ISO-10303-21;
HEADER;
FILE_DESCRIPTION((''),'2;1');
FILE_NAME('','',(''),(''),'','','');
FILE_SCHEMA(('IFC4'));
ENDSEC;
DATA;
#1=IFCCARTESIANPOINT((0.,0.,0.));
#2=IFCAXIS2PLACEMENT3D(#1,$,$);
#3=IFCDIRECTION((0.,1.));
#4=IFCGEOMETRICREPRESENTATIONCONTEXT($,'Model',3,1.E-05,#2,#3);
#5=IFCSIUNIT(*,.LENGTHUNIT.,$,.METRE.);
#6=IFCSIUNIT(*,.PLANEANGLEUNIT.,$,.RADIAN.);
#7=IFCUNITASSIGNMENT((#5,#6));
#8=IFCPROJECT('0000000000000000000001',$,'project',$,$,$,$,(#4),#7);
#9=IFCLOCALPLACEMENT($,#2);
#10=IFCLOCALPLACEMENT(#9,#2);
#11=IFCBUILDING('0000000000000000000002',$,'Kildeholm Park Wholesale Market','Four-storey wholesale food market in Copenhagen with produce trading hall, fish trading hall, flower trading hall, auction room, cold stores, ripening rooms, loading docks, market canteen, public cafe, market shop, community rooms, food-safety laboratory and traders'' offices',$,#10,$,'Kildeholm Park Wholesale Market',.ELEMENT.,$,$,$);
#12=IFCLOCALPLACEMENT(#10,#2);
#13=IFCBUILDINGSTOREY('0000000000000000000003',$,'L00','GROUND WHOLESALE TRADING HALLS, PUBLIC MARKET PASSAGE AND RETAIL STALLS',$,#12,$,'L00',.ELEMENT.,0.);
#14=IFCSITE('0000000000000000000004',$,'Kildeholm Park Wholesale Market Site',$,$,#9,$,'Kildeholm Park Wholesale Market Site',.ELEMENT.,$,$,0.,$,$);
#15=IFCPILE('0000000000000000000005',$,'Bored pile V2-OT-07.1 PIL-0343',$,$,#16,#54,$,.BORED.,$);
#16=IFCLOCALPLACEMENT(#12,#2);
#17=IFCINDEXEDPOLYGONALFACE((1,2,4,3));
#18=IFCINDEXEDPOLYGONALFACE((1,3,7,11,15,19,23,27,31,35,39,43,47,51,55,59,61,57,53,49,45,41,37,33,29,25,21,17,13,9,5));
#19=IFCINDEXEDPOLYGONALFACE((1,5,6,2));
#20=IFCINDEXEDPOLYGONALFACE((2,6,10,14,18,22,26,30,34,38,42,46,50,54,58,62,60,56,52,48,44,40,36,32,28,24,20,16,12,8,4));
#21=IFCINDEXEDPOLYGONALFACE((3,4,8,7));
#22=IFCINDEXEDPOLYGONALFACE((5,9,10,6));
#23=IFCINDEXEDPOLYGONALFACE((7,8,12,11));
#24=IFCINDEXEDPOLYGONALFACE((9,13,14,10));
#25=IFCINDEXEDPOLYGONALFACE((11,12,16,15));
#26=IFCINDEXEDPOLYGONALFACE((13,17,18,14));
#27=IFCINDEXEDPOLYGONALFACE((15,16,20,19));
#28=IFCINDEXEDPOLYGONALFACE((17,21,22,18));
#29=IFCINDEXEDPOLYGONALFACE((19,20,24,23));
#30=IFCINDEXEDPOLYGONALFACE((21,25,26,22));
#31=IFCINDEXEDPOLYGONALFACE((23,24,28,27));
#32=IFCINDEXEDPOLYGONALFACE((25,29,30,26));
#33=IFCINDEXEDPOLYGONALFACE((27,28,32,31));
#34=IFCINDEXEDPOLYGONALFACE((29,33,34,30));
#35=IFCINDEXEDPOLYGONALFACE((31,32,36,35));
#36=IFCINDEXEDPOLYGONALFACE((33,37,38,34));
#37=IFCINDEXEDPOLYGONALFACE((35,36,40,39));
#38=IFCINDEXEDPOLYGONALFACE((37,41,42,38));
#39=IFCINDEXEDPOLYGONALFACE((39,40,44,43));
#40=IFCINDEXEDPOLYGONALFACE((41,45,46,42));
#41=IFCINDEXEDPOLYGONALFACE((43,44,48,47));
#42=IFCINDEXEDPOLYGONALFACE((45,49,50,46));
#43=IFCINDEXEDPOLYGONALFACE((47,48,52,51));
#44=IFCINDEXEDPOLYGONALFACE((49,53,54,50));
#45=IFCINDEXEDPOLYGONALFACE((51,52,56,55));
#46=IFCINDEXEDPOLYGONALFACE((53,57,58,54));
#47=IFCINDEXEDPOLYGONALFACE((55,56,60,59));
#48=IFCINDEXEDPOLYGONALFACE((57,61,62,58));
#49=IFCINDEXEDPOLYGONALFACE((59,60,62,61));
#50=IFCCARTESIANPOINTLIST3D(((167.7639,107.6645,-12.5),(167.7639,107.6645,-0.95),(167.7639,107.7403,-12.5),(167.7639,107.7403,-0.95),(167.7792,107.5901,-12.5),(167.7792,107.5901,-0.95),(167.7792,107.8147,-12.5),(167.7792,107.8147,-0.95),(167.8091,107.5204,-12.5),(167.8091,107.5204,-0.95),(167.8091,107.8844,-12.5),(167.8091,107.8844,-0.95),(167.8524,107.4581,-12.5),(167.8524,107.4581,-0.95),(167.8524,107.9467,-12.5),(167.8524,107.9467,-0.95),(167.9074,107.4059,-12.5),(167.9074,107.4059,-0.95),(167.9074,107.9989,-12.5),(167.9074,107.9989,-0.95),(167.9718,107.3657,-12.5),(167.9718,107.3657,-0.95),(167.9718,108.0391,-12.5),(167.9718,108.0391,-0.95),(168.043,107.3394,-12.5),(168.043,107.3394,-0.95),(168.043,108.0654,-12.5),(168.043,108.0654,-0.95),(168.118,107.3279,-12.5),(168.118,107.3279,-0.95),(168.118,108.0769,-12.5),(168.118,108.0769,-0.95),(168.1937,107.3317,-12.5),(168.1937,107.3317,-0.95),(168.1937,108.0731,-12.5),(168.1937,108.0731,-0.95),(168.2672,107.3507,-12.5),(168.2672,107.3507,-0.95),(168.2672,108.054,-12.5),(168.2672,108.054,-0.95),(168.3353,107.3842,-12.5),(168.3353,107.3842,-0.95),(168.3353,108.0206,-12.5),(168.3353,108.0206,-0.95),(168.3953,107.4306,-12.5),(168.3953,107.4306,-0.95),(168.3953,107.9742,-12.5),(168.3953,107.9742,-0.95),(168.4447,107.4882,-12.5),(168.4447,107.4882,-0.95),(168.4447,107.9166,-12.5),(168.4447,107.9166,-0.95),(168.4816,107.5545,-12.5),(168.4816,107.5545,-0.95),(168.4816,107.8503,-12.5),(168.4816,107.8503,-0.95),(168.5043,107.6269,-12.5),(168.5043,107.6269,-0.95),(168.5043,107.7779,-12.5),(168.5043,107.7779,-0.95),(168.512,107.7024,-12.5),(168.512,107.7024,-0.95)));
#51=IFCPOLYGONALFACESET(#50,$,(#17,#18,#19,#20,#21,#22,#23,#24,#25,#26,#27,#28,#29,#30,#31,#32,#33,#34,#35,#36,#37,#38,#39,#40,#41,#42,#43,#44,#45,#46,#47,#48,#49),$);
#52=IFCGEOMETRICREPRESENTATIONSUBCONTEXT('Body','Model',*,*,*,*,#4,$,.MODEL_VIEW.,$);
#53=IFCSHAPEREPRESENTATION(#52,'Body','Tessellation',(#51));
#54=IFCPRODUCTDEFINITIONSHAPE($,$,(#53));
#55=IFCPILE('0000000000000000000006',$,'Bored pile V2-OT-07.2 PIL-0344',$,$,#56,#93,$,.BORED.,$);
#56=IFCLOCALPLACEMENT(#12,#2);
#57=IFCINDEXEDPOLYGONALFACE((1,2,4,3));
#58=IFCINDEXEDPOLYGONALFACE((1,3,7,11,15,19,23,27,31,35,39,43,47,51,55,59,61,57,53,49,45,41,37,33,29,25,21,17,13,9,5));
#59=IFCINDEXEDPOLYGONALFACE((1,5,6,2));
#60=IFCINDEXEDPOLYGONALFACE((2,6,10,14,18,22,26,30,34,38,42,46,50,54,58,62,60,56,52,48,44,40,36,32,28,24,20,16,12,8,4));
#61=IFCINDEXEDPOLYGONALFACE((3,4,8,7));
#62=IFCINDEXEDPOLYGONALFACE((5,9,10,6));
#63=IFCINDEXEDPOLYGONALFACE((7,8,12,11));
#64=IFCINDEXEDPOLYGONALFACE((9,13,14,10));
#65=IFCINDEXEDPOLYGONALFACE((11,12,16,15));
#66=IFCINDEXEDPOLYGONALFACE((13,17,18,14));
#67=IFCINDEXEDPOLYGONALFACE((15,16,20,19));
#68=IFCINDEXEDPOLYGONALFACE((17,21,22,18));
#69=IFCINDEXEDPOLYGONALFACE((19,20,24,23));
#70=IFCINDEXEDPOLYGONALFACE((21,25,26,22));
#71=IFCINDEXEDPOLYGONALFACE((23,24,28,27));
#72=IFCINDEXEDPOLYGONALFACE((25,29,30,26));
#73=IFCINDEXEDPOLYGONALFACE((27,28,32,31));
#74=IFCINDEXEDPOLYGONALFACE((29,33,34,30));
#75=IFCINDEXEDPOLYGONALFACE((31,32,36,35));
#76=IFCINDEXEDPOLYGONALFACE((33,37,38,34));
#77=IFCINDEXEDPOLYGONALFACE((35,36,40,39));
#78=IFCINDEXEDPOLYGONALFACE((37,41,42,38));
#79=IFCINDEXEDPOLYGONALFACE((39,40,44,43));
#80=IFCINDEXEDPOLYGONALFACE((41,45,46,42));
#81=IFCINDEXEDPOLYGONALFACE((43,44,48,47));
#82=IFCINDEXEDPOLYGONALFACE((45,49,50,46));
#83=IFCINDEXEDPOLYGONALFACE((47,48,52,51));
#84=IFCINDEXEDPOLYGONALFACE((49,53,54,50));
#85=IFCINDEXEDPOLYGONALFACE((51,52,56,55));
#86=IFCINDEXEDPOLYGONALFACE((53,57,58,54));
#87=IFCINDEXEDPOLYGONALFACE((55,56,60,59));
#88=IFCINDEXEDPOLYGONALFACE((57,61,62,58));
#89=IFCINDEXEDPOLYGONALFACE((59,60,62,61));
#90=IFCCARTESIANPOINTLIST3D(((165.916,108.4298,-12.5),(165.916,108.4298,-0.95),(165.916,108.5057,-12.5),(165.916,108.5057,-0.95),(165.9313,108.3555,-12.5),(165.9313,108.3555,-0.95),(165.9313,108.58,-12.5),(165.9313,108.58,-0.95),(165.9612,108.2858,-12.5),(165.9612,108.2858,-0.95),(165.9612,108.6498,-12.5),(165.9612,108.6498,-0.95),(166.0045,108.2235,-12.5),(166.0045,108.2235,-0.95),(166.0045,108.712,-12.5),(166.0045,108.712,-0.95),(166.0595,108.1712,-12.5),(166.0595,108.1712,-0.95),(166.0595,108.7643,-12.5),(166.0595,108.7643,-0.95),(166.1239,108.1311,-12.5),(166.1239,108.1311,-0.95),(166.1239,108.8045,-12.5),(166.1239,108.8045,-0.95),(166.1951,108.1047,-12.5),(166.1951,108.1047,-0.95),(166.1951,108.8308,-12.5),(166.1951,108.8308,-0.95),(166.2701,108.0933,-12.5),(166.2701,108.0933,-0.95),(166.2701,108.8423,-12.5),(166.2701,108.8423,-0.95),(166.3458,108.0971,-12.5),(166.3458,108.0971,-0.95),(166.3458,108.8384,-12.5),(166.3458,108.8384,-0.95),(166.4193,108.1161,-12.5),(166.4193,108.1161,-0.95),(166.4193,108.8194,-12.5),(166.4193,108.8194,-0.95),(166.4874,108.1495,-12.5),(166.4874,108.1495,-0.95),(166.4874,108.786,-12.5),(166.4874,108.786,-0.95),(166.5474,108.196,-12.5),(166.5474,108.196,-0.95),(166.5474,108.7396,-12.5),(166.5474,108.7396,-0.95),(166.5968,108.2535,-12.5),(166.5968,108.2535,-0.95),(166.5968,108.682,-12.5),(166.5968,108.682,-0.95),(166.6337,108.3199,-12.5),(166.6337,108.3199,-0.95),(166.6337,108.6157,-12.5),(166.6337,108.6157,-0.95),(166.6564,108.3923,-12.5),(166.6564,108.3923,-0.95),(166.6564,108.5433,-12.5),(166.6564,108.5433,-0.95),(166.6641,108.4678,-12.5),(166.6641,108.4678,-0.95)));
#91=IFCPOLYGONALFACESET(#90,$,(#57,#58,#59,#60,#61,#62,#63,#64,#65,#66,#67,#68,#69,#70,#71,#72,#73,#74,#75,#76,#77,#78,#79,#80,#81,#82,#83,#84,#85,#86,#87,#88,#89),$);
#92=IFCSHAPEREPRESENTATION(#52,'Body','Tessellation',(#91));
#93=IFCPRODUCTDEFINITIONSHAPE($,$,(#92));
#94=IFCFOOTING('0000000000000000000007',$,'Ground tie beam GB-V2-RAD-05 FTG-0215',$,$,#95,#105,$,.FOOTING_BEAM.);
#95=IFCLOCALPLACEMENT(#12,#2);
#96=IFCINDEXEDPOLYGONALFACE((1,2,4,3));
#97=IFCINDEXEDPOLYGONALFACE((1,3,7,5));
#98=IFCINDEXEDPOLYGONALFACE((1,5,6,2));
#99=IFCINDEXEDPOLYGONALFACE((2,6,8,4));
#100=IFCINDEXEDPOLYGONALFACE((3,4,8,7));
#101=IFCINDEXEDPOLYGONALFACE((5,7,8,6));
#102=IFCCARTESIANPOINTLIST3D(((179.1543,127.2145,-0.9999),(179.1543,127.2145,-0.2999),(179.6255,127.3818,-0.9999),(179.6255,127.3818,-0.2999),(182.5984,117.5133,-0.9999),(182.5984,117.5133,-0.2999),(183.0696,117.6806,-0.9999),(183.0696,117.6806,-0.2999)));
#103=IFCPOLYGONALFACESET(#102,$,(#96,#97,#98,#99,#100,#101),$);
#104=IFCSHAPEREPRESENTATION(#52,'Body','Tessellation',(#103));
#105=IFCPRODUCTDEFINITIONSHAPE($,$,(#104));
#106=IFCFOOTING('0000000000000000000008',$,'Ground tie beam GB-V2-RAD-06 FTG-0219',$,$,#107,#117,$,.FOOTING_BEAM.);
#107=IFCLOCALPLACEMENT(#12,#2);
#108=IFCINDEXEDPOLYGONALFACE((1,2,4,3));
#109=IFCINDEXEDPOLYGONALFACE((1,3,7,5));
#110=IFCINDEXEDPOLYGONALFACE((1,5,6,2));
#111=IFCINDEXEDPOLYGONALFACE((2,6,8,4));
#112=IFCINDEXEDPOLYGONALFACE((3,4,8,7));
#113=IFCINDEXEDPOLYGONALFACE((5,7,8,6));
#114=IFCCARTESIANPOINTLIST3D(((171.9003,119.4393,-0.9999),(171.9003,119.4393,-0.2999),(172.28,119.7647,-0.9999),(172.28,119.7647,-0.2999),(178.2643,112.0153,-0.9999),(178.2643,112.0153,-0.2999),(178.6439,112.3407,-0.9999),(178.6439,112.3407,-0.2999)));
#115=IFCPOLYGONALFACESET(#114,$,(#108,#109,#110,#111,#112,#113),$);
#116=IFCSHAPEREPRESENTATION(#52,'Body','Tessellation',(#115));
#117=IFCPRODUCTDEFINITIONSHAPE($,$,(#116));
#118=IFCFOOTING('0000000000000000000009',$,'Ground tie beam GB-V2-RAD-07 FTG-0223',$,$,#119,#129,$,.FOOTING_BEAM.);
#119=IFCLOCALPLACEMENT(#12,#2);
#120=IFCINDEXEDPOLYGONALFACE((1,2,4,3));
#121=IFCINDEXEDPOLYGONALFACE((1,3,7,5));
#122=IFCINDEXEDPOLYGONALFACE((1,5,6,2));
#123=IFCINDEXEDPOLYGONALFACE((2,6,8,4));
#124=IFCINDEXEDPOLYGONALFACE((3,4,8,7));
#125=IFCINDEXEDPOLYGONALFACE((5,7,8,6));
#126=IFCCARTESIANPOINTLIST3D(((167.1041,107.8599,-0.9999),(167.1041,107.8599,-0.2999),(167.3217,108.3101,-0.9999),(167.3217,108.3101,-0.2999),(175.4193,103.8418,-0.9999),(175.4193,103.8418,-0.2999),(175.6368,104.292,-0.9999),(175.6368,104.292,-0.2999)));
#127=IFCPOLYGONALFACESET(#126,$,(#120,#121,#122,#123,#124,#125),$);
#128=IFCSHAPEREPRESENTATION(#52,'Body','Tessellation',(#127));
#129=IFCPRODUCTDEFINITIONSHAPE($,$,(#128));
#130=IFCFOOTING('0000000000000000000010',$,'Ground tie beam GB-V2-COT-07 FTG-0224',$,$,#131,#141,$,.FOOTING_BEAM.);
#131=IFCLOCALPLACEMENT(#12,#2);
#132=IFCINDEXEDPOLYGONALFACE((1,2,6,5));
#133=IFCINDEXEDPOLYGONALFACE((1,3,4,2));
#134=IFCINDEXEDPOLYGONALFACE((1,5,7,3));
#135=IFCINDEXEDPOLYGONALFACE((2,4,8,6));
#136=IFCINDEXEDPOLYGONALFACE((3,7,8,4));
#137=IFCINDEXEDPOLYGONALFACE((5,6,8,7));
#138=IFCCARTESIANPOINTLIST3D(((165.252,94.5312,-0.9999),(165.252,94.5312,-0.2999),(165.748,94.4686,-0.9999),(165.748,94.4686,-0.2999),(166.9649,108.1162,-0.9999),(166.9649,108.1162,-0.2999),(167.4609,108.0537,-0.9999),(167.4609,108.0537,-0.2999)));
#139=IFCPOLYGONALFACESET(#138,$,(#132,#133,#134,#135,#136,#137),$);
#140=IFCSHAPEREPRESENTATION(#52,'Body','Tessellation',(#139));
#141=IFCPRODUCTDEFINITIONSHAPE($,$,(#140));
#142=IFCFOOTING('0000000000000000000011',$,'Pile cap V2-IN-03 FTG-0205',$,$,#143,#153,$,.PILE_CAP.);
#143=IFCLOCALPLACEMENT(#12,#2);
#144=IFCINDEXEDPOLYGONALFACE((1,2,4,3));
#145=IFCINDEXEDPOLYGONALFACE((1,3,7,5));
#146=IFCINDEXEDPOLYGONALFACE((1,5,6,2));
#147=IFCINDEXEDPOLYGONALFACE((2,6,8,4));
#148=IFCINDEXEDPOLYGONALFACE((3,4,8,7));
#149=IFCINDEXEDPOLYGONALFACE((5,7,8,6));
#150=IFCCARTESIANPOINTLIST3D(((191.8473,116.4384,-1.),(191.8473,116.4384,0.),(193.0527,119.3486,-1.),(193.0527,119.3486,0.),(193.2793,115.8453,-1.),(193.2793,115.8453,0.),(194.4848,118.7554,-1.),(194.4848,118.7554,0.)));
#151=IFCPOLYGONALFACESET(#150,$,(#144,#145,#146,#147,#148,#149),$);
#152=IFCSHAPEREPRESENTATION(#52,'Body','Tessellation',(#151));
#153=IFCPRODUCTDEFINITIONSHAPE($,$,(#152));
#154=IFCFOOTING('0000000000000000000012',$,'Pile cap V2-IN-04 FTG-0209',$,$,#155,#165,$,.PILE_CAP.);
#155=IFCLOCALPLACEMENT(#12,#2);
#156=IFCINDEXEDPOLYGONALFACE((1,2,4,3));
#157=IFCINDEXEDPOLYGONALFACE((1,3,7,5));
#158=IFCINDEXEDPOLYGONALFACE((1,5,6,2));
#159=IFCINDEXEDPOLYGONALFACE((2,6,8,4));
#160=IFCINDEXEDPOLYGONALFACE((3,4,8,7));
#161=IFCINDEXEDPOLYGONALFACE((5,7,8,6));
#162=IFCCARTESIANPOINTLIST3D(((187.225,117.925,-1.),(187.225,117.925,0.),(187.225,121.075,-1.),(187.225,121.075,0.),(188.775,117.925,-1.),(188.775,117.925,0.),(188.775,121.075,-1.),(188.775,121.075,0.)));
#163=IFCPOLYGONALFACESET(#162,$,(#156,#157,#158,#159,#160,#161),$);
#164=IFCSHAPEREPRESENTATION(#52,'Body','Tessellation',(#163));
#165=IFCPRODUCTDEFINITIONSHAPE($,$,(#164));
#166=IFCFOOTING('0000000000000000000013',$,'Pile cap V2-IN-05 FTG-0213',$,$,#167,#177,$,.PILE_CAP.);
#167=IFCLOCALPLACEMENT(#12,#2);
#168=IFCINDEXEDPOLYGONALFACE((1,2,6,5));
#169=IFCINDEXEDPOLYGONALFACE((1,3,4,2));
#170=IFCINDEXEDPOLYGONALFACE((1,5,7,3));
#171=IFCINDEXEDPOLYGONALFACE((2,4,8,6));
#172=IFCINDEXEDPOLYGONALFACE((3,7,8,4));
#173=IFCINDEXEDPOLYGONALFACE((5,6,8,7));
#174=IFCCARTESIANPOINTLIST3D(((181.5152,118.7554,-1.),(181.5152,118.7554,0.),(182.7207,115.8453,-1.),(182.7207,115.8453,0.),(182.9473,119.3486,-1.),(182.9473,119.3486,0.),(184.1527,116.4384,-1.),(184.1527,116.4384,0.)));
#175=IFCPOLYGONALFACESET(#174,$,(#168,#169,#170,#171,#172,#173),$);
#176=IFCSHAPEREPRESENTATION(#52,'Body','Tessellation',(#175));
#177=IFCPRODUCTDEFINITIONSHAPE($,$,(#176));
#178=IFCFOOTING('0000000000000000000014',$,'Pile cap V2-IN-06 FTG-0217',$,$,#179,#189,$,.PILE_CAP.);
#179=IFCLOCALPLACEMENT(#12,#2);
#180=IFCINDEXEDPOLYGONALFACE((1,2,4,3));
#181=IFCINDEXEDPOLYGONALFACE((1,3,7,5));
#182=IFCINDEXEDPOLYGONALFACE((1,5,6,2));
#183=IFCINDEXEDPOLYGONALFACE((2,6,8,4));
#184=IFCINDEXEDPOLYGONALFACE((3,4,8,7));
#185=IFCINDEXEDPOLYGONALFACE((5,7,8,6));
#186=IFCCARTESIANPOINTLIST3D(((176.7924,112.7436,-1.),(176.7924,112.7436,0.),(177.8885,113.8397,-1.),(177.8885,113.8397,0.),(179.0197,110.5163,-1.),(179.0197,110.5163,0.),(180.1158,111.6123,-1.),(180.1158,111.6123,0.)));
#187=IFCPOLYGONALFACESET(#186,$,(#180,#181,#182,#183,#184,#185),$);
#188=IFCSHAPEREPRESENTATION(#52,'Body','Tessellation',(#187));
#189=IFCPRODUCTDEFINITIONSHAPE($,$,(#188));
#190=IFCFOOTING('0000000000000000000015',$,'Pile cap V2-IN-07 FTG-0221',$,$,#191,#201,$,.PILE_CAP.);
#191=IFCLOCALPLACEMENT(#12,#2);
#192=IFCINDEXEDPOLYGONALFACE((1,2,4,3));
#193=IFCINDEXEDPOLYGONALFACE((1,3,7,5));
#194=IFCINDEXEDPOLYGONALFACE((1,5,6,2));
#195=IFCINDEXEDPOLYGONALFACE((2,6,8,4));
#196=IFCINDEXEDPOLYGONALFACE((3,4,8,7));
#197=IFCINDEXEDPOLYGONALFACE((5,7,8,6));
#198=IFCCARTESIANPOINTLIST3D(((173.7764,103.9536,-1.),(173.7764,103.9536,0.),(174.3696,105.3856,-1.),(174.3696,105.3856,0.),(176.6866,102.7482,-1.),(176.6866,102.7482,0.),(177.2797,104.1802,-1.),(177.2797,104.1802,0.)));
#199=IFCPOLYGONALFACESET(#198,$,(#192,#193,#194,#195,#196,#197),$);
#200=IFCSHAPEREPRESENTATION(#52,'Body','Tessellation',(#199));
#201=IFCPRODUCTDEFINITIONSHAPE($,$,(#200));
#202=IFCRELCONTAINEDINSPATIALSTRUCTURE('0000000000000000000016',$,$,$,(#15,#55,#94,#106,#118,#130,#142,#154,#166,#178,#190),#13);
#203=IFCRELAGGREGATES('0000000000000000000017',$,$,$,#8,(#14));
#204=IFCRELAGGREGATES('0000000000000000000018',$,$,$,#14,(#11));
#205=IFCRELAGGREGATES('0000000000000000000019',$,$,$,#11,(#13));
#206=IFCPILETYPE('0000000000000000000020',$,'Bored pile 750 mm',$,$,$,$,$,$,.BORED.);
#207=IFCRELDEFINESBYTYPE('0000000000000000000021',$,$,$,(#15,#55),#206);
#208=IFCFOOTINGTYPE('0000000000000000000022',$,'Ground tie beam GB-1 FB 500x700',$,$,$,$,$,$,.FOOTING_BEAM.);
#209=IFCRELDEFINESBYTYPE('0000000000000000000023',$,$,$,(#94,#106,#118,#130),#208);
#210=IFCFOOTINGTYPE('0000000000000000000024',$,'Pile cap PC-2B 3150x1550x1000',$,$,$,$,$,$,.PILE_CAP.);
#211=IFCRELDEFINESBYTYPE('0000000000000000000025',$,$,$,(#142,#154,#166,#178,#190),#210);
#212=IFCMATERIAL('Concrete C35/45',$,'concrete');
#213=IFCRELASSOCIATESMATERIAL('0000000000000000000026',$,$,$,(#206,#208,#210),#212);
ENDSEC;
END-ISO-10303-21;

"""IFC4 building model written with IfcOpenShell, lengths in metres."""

from ifc_helpers import new_model, si_unit, direction, frame, origin, origin_2d, place, context, subcontext, project, spatial, rectangle, circle, extrude, material, material_profile, profile_set, type_object, element, save


model = new_model("IFC4")

# Units and contexts
model_context = context("Model", 3, precision=1e-05, world=origin(), true_north=direction((0.0, 1.0)))
body_context = subcontext(model_context, "Body", "Model", "MODEL_VIEW")
ifc_project = project(units=[si_unit("LENGTHUNIT", "METRE"), si_unit("PLANEANGLEUNIT", "RADIAN")], contexts=[model_context])

# Site, building, storey
site_placement = place(None, origin())
site = spatial("IfcSite", under=ifc_project, at=site_placement, Name="Kildeholm Park Wholesale Market Site", LongName="Kildeholm Park Wholesale Market Site", CompositionType="ELEMENT", RefElevation=0.0)
building_placement = place(site_placement, origin())
building = spatial("IfcBuilding", under=site, at=building_placement, Name="Kildeholm Park Wholesale Market", Description="Four-storey wholesale food market in Copenhagen with produce trading hall, fish trading hall, flower trading hall, auction room, cold stores, ripening rooms, loading docks, market canteen, public cafe, market shop, community rooms, food-safety laboratory and traders' offices", LongName="Kildeholm Park Wholesale Market", CompositionType="ELEMENT")
storey_placement = place(building_placement, origin())
storey = spatial("IfcBuildingStorey", under=building, at=storey_placement, Name="L00", Description="GROUND WHOLESALE TRADING HALLS, PUBLIC MARKET PASSAGE AND RETAIL STALLS", LongName="L00", CompositionType="ELEMENT", Elevation=0.0)

# Piles
ifc_material_1 = material(Name="Concrete C35/45", Category="concrete")
ifc_material_profile_1 = material_profile(ifc_material_1, circle(Radius=0.375, at=origin_2d()), Name="PILE D750")
ifc_profile_set_1 = profile_set([ifc_material_profile_1], Name="Concrete C35/45")
pile_type = type_object("IfcPileType", Name="Bored pile 750 mm", PredefinedType="BORED", material=ifc_profile_set_1)
for number, where, z_axis, x_axis, name in (
    (1, (168.137, 107.7024, -0.95), (0.0, 0.0, -1.0), (1.0, 0.0, 0.0), "Bored pile V2-OT-07.1 PIL-0343"),
    (2, (166.2891, 108.4678, -0.95), (0.0, 0.0, -1.0), (1.0, 0.0, 0.0), "Bored pile V2-OT-07.2 PIL-0344"),
):
    element("IfcPile", number, at=place(storey_placement, frame(where, z_axis=z_axis, x_axis=x_axis)), inside=storey, type_object=pile_type, Name=name, PredefinedType="BORED", context=body_context, shape_type="SweptSolid", body=[
        extrude(circle(Radius=0.375, at=origin_2d()), origin(), (0.0, 0.0, 1.0), 11.55),
    ])

# Footings
ifc_material_profile_2 = material_profile(ifc_material_1, rectangle(XDim=0.5, YDim=0.7, at=origin_2d()), Name="FB 500x700")
ifc_profile_set_2 = profile_set([ifc_material_profile_2], Name="Concrete C35/45")
footing_type_1 = type_object("IfcFootingType", Name="Ground tie beam GB-1 FB 500x700", PredefinedType="FOOTING_BEAM", material=ifc_profile_set_2)
footing_1_placement = place(storey_placement, frame((182.834, 117.5969, -0.6499), z_axis=(-0.33456, 0.942374, 0.0), x_axis=(-0.942374, -0.33456, 0.0)))
element("IfcFooting", 3, at=footing_1_placement, inside=storey, type_object=footing_type_1, Name="Ground tie beam GB-V2-RAD-05 FTG-0215", PredefinedType="FOOTING_BEAM", context=body_context, shape_type="SweptSolid", body=[
    extrude(rectangle(XDim=0.5, YDim=0.7, at=origin_2d()), origin(), (0.0, 0.0, 1.0), 10.2944),
])
footing_2_placement = place(storey_placement, frame((178.4541, 112.178, -0.6499), z_axis=(-0.650822, 0.75923, 0.0), x_axis=(-0.75923, -0.650822, 0.0)))
element("IfcFooting", 4, at=footing_2_placement, inside=storey, type_object=footing_type_1, Name="Ground tie beam GB-V2-RAD-06 FTG-0219", PredefinedType="FOOTING_BEAM", context=body_context, shape_type="SweptSolid", body=[
    extrude(rectangle(XDim=0.5, YDim=0.7, at=origin_2d()), origin(), (0.0, 0.0, 1.0), 9.7783),
])
footing_3_placement = place(storey_placement, frame((175.5281, 104.0669, -0.6499), z_axis=(-0.900389, 0.435086, 0.0), x_axis=(-0.435086, -0.900389, 0.0)))
element("IfcFooting", 5, at=footing_3_placement, inside=storey, type_object=footing_type_1, Name="Ground tie beam GB-V2-RAD-07 FTG-0223", PredefinedType="FOOTING_BEAM", context=body_context, shape_type="SweptSolid", body=[
    extrude(rectangle(XDim=0.5, YDim=0.7, at=origin_2d()), origin(), (0.0, 0.0, 1.0), 9.2351),
])
footing_4_placement = place(storey_placement, frame((167.2129, 108.085, -0.6499), z_axis=(-0.125097, -0.992145, 0.0), x_axis=(0.992145, -0.125097, 0.0)))
element("IfcFooting", 6, at=footing_4_placement, inside=storey, type_object=footing_type_1, Name="Ground tie beam GB-V2-COT-07 FTG-0224", PredefinedType="FOOTING_BEAM", context=body_context, shape_type="SweptSolid", body=[
    extrude(rectangle(XDim=0.5, YDim=0.7, at=origin_2d()), origin(), (0.0, 0.0, 1.0), 13.6926),
])
footing_type_2 = type_object("IfcFootingType", Name="Pile cap PC-2B 3150x1550x1000", PredefinedType="PILE_CAP", material=ifc_material_1)
for number, where, z_axis, x_axis, name in (
    (7, (193.166, 117.5969, -1.0), (0.0, 0.0, 1.0), (0.382683, 0.92388, 0.0), "Pile cap V2-IN-03 FTG-0205"),
    (8, (188.0, 119.5, -1.0), (0.0, 0.0, 1.0), (0.0, 1.0, 0.0), "Pile cap V2-IN-04 FTG-0209"),
    (9, (182.834, 117.5969, -1.0), (0.0, 0.0, 1.0), (-0.382683, 0.92388, 0.0), "Pile cap V2-IN-05 FTG-0213"),
    (10, (178.4541, 112.178, -1.0), (0.0, 0.0, 1.0), (-0.707107, 0.707107, 0.0), "Pile cap V2-IN-06 FTG-0217"),
    (11, (175.5281, 104.0669, -1.0), (0.0, 0.0, 1.0), (-0.92388, 0.382683, 0.0), "Pile cap V2-IN-07 FTG-0221"),
):
    element("IfcFooting", number, at=place(storey_placement, frame(where, z_axis=z_axis, x_axis=x_axis)), inside=storey, type_object=footing_type_2, Name=name, PredefinedType="PILE_CAP", context=body_context, shape_type="SweptSolid", body=[
        extrude(rectangle(XDim=3.1499, YDim=1.55, at=origin_2d()), origin(), (0.0, 0.0, 1.0), 1.0),
    ])

save(model, "model.ifc")
